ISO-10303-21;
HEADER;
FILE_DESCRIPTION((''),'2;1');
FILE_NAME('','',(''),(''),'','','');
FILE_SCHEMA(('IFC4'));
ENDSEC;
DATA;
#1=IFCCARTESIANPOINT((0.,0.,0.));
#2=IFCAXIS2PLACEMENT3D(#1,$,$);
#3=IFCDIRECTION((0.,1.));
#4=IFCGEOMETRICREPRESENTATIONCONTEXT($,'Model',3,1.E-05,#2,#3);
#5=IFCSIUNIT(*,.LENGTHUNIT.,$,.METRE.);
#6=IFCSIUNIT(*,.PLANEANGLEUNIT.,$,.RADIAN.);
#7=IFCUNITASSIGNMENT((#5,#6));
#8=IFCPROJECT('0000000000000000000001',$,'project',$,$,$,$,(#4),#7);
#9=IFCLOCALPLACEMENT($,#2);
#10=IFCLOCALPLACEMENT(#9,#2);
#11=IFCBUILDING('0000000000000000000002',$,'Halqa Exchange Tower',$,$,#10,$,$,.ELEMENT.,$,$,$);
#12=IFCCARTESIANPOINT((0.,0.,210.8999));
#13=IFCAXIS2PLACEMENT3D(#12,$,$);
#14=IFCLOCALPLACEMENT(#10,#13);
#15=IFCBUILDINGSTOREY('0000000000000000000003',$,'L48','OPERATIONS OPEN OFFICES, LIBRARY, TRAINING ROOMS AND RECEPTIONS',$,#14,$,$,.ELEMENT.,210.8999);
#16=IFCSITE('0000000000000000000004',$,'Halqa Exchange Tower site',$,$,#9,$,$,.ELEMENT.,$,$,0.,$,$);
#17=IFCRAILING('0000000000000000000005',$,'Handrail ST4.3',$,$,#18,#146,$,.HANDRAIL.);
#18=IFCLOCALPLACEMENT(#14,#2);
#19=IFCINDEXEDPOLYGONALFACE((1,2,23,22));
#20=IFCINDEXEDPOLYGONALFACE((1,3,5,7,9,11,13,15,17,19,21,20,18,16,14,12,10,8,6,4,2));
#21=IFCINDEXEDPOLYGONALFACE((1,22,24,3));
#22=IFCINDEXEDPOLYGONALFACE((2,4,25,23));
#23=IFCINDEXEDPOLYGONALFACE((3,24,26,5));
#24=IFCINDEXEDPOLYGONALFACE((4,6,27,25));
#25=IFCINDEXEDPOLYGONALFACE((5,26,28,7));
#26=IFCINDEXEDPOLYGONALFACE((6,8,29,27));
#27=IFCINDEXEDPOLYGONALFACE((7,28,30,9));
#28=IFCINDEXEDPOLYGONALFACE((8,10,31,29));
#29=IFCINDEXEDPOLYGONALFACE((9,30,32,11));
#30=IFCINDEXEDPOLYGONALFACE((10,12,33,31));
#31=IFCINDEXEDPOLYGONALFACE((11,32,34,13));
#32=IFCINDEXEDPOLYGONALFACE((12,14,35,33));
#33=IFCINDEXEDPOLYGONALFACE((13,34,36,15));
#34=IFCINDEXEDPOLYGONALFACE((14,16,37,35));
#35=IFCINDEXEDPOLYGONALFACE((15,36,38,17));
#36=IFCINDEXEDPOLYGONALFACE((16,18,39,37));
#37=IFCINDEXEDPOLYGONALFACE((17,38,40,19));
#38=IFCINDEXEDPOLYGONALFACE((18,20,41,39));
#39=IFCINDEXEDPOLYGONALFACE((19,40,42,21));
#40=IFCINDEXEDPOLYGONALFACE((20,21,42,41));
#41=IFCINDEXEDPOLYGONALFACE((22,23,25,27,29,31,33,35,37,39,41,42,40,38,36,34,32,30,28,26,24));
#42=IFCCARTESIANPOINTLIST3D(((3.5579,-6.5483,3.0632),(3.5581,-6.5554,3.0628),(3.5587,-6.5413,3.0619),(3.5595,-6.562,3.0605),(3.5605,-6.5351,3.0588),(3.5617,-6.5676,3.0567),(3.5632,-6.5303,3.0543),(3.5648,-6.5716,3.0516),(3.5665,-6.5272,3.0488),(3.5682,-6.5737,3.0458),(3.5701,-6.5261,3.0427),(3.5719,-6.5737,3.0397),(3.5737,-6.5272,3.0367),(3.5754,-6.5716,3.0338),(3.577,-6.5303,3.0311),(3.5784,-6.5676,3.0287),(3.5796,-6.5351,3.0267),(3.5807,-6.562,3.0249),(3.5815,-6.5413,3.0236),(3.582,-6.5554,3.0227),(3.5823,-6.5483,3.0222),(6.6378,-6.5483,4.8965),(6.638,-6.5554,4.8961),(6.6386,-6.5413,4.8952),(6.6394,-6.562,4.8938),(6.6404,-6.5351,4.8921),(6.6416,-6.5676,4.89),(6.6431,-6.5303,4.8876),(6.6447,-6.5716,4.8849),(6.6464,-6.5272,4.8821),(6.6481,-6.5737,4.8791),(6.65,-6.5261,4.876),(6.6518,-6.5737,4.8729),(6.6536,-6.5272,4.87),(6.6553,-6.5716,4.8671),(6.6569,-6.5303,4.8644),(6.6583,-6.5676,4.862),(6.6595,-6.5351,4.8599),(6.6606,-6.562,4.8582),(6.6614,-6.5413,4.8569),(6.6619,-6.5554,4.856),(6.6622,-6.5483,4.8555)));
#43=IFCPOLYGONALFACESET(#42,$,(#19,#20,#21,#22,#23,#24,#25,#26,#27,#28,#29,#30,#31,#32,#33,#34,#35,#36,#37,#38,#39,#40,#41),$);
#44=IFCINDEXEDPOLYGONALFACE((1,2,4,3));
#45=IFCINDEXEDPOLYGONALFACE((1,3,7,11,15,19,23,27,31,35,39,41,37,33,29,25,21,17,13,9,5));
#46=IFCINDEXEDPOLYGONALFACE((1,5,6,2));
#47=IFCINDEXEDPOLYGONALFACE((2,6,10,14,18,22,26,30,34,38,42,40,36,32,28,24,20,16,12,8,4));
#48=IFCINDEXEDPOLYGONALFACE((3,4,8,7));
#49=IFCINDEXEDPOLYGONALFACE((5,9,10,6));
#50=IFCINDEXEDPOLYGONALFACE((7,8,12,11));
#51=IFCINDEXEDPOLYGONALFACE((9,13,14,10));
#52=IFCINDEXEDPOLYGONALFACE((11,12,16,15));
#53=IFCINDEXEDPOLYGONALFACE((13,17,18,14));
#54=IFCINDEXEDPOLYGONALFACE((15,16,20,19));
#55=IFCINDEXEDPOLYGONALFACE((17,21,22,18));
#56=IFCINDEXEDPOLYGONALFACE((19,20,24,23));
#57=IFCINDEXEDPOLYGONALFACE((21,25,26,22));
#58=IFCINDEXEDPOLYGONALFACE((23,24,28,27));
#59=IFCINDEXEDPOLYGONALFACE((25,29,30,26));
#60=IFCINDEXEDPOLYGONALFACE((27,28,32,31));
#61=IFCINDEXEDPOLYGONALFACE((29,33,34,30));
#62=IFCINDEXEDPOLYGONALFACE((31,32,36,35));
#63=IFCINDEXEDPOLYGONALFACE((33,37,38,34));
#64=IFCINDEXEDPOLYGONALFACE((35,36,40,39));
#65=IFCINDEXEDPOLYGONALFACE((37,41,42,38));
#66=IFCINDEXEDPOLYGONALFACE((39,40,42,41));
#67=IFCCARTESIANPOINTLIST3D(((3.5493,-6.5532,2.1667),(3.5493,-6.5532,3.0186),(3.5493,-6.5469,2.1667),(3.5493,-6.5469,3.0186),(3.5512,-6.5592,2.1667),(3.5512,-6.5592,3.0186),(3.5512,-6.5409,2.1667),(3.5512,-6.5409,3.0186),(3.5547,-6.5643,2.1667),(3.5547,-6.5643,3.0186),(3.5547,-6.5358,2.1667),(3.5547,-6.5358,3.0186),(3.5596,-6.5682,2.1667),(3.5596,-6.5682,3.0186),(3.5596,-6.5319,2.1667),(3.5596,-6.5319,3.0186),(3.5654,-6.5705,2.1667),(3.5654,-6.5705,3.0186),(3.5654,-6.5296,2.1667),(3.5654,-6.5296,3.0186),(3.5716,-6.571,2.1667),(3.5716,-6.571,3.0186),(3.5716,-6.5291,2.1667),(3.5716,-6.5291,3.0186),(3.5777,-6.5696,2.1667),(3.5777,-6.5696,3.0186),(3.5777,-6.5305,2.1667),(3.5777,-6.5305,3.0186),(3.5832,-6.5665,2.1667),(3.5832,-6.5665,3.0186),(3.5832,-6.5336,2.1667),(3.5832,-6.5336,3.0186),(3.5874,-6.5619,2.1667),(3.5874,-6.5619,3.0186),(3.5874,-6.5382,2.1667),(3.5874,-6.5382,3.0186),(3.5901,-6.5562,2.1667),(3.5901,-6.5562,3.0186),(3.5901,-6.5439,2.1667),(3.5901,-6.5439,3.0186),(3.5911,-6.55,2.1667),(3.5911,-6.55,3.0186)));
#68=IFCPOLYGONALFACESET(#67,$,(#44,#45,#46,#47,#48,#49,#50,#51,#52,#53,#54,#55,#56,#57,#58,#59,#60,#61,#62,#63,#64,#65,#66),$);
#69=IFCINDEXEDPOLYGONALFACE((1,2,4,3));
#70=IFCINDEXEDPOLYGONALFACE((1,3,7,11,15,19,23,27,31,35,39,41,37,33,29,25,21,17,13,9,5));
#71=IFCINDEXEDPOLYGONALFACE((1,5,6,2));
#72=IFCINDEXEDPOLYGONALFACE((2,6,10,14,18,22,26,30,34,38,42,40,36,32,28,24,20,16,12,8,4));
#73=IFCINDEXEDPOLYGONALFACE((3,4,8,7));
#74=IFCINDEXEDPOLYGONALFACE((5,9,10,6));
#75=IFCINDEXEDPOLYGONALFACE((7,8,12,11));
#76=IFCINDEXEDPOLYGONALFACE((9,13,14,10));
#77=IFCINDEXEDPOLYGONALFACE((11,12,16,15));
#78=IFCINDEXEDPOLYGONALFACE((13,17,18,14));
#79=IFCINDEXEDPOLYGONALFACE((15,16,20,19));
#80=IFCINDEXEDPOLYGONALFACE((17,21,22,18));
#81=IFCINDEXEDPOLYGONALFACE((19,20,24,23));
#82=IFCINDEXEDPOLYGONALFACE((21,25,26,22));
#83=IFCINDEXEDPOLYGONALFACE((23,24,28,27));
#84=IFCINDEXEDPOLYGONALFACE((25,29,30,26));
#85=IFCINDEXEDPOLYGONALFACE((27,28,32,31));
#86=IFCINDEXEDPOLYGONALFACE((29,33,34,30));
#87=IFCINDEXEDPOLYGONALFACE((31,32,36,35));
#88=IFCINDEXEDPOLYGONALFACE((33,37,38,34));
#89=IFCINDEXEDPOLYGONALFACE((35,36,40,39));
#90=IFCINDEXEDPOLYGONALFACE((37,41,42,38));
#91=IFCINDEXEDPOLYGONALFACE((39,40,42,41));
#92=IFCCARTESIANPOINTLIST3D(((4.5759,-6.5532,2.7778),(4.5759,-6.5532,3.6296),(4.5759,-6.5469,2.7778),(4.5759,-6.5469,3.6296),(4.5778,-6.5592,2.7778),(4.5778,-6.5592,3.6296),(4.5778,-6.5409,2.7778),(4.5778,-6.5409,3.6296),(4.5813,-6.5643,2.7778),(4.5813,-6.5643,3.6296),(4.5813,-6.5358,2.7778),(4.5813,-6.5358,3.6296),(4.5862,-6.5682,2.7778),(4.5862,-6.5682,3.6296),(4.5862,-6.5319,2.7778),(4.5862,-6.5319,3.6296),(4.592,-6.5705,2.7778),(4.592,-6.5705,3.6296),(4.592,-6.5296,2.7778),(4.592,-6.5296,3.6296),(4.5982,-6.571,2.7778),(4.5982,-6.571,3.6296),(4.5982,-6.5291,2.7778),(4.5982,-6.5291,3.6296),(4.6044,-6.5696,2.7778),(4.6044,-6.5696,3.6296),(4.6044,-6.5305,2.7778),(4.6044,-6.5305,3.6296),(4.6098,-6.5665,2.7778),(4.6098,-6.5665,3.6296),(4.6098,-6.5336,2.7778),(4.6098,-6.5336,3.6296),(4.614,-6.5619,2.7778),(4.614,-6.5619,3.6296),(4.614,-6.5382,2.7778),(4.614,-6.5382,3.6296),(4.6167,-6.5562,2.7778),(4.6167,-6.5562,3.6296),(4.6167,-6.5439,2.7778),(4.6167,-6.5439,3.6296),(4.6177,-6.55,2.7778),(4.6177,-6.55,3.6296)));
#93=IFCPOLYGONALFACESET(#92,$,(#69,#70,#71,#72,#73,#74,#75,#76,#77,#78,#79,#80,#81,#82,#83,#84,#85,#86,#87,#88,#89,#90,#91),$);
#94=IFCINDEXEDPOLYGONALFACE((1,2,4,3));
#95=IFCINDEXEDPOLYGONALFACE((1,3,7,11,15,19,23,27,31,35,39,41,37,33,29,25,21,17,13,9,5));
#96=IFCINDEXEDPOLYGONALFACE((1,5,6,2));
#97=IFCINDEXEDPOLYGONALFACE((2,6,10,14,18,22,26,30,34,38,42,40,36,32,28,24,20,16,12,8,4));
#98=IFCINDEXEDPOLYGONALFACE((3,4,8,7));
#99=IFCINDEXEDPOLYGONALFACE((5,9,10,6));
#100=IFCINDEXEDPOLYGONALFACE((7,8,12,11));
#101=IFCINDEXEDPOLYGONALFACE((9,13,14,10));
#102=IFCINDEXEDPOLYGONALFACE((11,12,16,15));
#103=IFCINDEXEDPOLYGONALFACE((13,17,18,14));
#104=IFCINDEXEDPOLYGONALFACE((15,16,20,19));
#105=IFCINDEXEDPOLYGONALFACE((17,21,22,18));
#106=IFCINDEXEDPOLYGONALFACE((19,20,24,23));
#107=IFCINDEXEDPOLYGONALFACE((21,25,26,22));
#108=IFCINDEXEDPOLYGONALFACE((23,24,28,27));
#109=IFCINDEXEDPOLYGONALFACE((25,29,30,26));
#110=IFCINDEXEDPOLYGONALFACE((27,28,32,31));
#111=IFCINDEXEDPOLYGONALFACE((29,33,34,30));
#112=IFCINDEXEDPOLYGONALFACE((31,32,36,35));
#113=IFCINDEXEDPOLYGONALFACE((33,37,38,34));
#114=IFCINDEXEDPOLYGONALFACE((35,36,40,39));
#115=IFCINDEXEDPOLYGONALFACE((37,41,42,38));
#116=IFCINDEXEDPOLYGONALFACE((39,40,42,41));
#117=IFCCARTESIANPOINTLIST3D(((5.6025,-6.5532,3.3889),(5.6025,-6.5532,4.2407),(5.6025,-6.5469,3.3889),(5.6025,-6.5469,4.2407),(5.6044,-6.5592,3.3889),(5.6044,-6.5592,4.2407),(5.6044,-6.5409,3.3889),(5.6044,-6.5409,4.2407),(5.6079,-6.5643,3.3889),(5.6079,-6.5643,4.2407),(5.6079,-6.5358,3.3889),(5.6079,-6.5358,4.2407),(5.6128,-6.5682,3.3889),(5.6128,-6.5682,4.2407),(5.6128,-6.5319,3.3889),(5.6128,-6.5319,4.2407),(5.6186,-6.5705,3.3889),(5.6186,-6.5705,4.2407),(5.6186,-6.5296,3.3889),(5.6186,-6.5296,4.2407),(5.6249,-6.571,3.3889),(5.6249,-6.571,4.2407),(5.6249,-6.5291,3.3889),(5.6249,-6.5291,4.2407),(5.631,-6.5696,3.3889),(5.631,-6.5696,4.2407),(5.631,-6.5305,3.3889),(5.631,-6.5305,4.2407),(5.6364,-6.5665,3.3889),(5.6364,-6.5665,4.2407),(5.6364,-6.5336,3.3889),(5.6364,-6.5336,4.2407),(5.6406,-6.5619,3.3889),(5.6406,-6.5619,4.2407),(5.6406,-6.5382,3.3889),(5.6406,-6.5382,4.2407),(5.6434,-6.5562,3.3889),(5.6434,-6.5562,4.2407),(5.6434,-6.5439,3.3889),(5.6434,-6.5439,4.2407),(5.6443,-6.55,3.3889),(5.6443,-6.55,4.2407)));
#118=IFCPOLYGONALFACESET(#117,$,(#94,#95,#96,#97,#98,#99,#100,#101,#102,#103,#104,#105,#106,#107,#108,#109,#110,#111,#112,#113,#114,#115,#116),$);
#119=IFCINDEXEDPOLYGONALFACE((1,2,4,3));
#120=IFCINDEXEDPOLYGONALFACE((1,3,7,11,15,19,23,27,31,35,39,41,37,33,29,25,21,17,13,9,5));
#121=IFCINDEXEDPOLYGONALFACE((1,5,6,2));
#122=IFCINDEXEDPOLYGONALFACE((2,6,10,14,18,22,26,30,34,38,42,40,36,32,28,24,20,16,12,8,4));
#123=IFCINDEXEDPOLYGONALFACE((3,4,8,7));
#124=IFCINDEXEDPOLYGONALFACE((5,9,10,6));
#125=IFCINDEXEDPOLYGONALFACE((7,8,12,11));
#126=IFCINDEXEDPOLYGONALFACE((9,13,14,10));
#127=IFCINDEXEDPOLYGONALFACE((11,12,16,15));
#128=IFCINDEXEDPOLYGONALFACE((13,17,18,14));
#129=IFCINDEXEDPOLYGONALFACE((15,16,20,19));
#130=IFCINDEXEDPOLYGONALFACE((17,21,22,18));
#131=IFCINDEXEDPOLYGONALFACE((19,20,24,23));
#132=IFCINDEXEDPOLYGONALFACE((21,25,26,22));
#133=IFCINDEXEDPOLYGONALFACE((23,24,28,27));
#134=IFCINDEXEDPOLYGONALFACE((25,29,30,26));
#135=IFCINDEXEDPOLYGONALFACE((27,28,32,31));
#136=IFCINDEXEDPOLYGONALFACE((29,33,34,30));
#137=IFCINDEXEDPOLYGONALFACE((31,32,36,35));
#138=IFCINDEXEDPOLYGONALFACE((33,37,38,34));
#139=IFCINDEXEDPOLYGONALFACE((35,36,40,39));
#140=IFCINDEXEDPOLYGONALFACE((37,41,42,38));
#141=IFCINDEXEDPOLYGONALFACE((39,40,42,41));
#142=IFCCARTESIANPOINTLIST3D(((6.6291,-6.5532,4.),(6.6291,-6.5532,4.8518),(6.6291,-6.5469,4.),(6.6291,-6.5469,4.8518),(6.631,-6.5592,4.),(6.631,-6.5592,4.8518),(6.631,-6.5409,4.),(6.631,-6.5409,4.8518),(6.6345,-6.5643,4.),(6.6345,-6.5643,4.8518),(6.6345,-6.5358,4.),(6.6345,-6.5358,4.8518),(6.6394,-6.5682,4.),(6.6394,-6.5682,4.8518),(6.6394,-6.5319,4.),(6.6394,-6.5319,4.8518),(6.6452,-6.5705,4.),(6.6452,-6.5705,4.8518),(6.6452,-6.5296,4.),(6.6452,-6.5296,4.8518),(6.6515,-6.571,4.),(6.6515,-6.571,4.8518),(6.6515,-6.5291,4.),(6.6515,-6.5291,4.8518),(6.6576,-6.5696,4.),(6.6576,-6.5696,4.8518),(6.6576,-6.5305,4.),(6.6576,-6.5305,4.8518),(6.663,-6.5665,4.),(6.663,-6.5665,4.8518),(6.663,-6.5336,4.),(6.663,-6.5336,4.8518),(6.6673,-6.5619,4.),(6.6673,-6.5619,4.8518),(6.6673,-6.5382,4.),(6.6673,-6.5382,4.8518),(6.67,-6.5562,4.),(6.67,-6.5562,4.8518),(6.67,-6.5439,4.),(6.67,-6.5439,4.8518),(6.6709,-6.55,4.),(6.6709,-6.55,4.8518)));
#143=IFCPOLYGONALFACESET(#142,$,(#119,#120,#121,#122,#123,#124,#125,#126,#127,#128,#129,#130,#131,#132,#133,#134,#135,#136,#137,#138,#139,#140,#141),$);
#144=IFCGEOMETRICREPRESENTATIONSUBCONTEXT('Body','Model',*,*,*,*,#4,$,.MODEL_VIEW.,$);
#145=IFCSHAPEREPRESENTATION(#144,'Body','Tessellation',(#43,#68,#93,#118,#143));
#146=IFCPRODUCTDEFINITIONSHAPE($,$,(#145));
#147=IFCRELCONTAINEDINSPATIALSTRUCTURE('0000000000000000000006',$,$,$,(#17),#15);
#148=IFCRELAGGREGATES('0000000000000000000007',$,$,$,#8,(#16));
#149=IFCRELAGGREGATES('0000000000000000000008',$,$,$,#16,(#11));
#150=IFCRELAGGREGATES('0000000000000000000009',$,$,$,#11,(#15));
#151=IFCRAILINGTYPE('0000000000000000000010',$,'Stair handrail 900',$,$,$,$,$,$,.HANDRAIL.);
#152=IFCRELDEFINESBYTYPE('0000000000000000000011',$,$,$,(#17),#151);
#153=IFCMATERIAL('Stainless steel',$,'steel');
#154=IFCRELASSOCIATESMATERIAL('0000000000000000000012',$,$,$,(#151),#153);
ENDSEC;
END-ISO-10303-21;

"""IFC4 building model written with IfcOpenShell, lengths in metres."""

from ifc_helpers import new_model, si_unit, direction, frame, origin, origin_2d, place, context, subcontext, project, spatial, circle, extrude, material, type_object, element, save


model = new_model("IFC4")

# Units and contexts
model_context = context("Model", 3, precision=1e-05, world=origin(), true_north=direction((0.0, 1.0)))
body_context = subcontext(model_context, "Body", "Model", "MODEL_VIEW")
ifc_project = project(units=[si_unit("LENGTHUNIT", "METRE"), si_unit("PLANEANGLEUNIT", "RADIAN")], contexts=[model_context])

# Site, building, storey
site_placement = place(None, origin())
site = spatial("IfcSite", under=ifc_project, at=site_placement, Name="Halqa Exchange Tower site", CompositionType="ELEMENT", RefElevation=0.0)
building_placement = place(site_placement, origin())
building = spatial("IfcBuilding", under=site, at=building_placement, Name="Halqa Exchange Tower", CompositionType="ELEMENT")
storey_placement = place(building_placement, frame((0.0, 0.0, 210.8999)))
storey = spatial("IfcBuildingStorey", under=building, at=storey_placement, Name="L48", Description="OPERATIONS OPEN OFFICES, LIBRARY, TRAINING ROOMS AND RECEPTIONS", CompositionType="ELEMENT", Elevation=210.8999)

# Railing
ifc_material_1 = material(Name="Stainless steel", Category="steel")
railing_type_1 = type_object("IfcRailingType", Name="Stair handrail 900", PredefinedType="HANDRAIL", material=ifc_material_1)
railing_1_placement = place(storey_placement, frame((3.5701, -6.55, 2.1667)))
element("IfcRailing", 1, at=railing_1_placement, inside=storey, type_object=railing_type_1, Name="Handrail ST4.3", PredefinedType="HANDRAIL", context=body_context, shape_type="SweptSolid", body=[
    extrude(circle(Radius=0.0239, at=origin_2d()), frame((0.0, 0.0, 0.876), z_axis=(0.859291, 0.0, 0.511487), x_axis=(0.0, 1.0, 0.0)), (0.0, 0.0, 1.0), 3.5842),
    extrude(circle(Radius=0.021, at=origin_2d()), origin(), (0.0, 0.0, 1.0), 0.8518),
    extrude(circle(Radius=0.021, at=origin_2d()), frame((1.0266, 0.0, 0.6111)), (0.0, 0.0, 1.0), 0.8518),
    extrude(circle(Radius=0.021, at=origin_2d()), frame((2.0532, 0.0, 1.2222)), (0.0, 0.0, 1.0), 0.8518),
    extrude(circle(Radius=0.021, at=origin_2d()), frame((3.0798, 0.0, 1.8333)), (0.0, 0.0, 1.0), 0.8518),
])

save(model, "model.ifc")
